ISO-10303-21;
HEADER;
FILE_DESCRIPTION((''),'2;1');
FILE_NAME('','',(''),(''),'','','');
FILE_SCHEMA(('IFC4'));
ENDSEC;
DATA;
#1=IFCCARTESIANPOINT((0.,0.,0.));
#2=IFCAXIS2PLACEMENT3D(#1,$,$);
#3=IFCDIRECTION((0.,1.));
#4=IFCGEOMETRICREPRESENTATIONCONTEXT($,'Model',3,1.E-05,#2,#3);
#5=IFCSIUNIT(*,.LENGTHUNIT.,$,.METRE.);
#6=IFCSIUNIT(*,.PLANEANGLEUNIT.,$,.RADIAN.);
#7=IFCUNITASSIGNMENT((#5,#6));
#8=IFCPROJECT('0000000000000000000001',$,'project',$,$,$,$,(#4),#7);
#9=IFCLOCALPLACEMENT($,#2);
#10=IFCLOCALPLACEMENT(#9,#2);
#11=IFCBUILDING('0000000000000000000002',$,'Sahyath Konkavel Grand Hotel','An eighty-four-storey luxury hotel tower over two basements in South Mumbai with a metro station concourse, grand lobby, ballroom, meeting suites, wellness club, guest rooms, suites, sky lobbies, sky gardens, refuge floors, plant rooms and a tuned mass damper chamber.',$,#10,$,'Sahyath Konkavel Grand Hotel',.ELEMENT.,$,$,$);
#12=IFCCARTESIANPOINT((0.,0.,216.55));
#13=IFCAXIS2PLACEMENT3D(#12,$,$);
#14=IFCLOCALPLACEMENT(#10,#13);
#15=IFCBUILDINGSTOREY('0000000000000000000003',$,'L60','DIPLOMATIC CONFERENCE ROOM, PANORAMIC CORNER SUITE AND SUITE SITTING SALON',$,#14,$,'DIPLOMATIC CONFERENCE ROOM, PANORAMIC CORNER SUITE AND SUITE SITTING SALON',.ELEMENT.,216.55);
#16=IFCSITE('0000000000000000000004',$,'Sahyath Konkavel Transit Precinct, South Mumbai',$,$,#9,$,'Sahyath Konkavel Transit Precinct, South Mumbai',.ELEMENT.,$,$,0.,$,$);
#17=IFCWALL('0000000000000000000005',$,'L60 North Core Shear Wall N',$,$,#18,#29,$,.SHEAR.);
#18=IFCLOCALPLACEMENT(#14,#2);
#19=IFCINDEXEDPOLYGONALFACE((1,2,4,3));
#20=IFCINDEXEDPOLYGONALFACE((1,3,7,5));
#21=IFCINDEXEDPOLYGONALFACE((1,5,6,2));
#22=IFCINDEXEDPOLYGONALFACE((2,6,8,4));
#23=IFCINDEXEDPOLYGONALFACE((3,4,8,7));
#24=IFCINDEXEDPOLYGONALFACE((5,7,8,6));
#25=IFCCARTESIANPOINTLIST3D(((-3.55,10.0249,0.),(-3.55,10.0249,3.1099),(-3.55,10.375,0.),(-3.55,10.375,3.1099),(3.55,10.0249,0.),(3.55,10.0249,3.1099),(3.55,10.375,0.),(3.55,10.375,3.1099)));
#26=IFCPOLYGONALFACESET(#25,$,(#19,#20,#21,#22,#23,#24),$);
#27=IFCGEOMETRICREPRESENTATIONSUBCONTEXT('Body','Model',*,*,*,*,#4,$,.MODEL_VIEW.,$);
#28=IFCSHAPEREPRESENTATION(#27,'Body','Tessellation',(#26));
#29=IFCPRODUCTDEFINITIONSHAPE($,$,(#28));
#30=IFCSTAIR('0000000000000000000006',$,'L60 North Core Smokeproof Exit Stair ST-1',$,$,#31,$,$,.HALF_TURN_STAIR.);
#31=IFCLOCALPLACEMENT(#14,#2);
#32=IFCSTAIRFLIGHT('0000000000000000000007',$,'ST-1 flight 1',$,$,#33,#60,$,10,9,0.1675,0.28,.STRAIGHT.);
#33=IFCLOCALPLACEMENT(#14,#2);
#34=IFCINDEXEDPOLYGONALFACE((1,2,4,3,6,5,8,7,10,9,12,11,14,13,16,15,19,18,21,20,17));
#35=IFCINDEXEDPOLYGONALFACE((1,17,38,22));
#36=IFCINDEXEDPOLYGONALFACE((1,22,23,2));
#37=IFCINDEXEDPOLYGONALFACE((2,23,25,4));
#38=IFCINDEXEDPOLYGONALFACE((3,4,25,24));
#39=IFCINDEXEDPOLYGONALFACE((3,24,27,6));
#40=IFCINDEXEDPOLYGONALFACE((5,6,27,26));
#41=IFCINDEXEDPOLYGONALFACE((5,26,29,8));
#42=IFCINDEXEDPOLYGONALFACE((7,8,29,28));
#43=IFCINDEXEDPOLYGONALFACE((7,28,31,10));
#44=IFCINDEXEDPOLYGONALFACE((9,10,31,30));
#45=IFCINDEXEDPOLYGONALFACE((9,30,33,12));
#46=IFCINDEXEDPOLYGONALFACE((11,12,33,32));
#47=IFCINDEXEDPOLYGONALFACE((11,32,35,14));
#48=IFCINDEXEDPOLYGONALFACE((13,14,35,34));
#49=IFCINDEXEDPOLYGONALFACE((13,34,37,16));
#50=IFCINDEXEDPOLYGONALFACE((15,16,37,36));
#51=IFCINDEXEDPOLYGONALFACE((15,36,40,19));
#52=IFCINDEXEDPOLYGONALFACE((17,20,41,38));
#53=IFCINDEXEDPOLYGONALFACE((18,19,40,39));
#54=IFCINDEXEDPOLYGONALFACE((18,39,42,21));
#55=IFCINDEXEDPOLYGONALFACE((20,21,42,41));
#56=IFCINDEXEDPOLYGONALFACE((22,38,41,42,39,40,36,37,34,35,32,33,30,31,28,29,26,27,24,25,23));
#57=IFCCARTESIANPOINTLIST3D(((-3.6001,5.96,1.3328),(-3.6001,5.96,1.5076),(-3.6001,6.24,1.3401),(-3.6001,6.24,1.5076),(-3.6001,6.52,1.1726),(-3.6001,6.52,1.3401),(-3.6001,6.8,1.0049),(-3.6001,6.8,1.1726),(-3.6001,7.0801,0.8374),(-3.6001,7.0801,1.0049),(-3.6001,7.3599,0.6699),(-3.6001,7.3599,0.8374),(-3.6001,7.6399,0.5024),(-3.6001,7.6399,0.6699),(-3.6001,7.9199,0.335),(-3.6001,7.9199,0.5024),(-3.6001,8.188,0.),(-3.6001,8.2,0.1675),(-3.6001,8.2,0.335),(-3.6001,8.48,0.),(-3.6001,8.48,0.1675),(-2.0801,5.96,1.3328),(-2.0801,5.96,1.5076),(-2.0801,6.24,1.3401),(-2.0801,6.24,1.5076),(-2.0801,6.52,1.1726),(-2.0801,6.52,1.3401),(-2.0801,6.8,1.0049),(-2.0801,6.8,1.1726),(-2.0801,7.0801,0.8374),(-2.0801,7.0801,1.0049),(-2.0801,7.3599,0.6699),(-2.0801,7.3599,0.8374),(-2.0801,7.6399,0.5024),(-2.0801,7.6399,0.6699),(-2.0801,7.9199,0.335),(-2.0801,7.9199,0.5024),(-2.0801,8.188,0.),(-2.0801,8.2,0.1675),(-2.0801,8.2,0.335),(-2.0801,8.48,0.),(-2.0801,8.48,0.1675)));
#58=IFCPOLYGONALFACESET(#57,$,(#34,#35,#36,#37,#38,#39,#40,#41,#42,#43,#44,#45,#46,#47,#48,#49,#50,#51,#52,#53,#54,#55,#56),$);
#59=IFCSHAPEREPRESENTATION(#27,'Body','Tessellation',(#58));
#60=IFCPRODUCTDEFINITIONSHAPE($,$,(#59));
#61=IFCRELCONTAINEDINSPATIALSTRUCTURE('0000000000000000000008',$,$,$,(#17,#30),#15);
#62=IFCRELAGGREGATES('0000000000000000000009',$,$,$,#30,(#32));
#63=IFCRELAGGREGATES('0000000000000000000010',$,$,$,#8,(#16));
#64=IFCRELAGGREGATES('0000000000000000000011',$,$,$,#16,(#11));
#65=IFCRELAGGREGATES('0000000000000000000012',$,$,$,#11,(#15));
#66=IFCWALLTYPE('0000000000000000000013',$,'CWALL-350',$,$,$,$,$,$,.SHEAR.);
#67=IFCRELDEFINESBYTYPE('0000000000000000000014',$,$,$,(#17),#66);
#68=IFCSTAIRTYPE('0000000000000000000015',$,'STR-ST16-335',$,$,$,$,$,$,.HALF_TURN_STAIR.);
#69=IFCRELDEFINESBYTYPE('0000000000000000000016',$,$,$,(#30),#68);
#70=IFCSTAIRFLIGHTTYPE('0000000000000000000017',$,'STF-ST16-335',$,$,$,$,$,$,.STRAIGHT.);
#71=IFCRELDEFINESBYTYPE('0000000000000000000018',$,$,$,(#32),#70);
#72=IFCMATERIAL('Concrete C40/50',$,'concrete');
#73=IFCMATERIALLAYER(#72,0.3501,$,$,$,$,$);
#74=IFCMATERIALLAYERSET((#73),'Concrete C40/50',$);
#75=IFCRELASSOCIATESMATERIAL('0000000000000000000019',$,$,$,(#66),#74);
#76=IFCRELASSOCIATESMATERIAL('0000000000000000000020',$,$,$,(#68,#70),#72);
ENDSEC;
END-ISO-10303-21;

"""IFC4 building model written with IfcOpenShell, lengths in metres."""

from ifc_helpers import new_model, si_unit, direction, frame, frame_2d, origin, place, context, subcontext, project, spatial, polyline, rectangle, outline, extrude, material, layer, layer_set, type_object, element, aggregate, save


model = new_model("IFC4")

# Units and contexts
model_context = context("Model", 3, precision=1e-05, world=origin(), true_north=direction((0.0, 1.0)))
body_context = subcontext(model_context, "Body", "Model", "MODEL_VIEW")
ifc_project = project(units=[si_unit("LENGTHUNIT", "METRE"), si_unit("PLANEANGLEUNIT", "RADIAN")], contexts=[model_context])

# Site, building, storey
site_placement = place(None, origin())
site = spatial("IfcSite", under=ifc_project, at=site_placement, Name="Sahyath Konkavel Transit Precinct, South Mumbai", LongName="Sahyath Konkavel Transit Precinct, South Mumbai", CompositionType="ELEMENT", RefElevation=0.0)
building_placement = place(site_placement, origin())
building = spatial("IfcBuilding", under=site, at=building_placement, Name="Sahyath Konkavel Grand Hotel", Description="An eighty-four-storey luxury hotel tower over two basements in South Mumbai with a metro station concourse, grand lobby, ballroom, meeting suites, wellness club, guest rooms, suites, sky lobbies, sky gardens, refuge floors, plant rooms and a tuned mass damper chamber.", LongName="Sahyath Konkavel Grand Hotel", CompositionType="ELEMENT")
storey_placement = place(building_placement, frame((0.0, 0.0, 216.55)))
storey = spatial("IfcBuildingStorey", under=building, at=storey_placement, Name="L60", Description="DIPLOMATIC CONFERENCE ROOM, PANORAMIC CORNER SUITE AND SUITE SITTING SALON", LongName="DIPLOMATIC CONFERENCE ROOM, PANORAMIC CORNER SUITE AND SUITE SITTING SALON", CompositionType="ELEMENT", Elevation=216.55)

# Wall
ifc_material_1 = material(Name="Concrete C40/50", Category="concrete")
ifc_layer_1 = layer(ifc_material_1, 0.3501)
ifc_layer_set_1 = layer_set([ifc_layer_1], Name="Concrete C40/50")
wall_type = type_object("IfcWallType", Name="CWALL-350", PredefinedType="SHEAR", material=ifc_layer_set_1)
wall_placement = place(storey_placement, frame((-3.55, 10.2, 0.0), z_axis=(0.0, 0.0, 1.0), x_axis=(1.0, 0.0, 0.0)))
element("IfcWall", 1, at=wall_placement, inside=storey, type_object=wall_type, Name="L60 North Core Shear Wall N", PredefinedType="SHEAR", context=body_context, shape_type="SweptSolid", body=[
    extrude(rectangle(XDim=7.1001, YDim=0.3501, at=frame_2d((3.55, 0.0))), origin(), (0.0, 0.0, 1.0), 3.1099),
])

# Stair, stair flight
stair_type = type_object("IfcStairType", Name="STR-ST16-335", PredefinedType="HALF_TURN_STAIR", material=ifc_material_1)
stair_placement = place(storey_placement, origin())
stair = element("IfcStair", 2, at=stair_placement, inside=storey, type_object=stair_type, Name="L60 North Core Smokeproof Exit Stair ST-1", PredefinedType="HALF_TURN_STAIR")
stair_flight_type = type_object("IfcStairFlightType", Name="STF-ST16-335", PredefinedType="STRAIGHT", material=ifc_material_1)
stair_flight_placement = place(storey_placement, frame((-2.8401, 8.48, 0.0), z_axis=(0.0, 0.0, 1.0), x_axis=(0.0, -1.0, 0.0)))
stair_flight = element("IfcStairFlight", 3, at=stair_flight_placement, type_object=stair_flight_type, Name="ST-1 flight 1", NumberOfRisers=10, NumberOfTreads=9, PredefinedType="STRAIGHT", RiserHeight=0.1675, TreadLength=0.28, context=body_context, shape_type="SweptSolid", body=[
    extrude(outline(polyline([(0.0, 0.0), (0.0, 0.1675), (0.28, 0.1675), (0.28, 0.335), (0.5601, 0.335), (0.5601, 0.5024), (0.8401, 0.5024), (0.8401, 0.6699), (1.1201, 0.6699), (1.1201, 0.8374), (1.3999, 0.8374), (1.3999, 1.0049), (1.6799, 1.0049), (1.6799, 1.1726), (1.96, 1.1726), (1.96, 1.3401), (2.24, 1.3401), (2.24, 1.5076), (2.52, 1.5076), (2.52, 1.675), (2.52, 1.3328), (0.292, 0.0), (0.0, 0.0)])), frame((0.0, 0.76, 0.0), z_axis=(0.0, -1.0, 0.0), x_axis=(1.0, 0.0, 0.0)), (0.0, 0.0, 1.0), 1.52),
])
aggregate(stair, [stair_flight])

save(model, "model.ifc")
